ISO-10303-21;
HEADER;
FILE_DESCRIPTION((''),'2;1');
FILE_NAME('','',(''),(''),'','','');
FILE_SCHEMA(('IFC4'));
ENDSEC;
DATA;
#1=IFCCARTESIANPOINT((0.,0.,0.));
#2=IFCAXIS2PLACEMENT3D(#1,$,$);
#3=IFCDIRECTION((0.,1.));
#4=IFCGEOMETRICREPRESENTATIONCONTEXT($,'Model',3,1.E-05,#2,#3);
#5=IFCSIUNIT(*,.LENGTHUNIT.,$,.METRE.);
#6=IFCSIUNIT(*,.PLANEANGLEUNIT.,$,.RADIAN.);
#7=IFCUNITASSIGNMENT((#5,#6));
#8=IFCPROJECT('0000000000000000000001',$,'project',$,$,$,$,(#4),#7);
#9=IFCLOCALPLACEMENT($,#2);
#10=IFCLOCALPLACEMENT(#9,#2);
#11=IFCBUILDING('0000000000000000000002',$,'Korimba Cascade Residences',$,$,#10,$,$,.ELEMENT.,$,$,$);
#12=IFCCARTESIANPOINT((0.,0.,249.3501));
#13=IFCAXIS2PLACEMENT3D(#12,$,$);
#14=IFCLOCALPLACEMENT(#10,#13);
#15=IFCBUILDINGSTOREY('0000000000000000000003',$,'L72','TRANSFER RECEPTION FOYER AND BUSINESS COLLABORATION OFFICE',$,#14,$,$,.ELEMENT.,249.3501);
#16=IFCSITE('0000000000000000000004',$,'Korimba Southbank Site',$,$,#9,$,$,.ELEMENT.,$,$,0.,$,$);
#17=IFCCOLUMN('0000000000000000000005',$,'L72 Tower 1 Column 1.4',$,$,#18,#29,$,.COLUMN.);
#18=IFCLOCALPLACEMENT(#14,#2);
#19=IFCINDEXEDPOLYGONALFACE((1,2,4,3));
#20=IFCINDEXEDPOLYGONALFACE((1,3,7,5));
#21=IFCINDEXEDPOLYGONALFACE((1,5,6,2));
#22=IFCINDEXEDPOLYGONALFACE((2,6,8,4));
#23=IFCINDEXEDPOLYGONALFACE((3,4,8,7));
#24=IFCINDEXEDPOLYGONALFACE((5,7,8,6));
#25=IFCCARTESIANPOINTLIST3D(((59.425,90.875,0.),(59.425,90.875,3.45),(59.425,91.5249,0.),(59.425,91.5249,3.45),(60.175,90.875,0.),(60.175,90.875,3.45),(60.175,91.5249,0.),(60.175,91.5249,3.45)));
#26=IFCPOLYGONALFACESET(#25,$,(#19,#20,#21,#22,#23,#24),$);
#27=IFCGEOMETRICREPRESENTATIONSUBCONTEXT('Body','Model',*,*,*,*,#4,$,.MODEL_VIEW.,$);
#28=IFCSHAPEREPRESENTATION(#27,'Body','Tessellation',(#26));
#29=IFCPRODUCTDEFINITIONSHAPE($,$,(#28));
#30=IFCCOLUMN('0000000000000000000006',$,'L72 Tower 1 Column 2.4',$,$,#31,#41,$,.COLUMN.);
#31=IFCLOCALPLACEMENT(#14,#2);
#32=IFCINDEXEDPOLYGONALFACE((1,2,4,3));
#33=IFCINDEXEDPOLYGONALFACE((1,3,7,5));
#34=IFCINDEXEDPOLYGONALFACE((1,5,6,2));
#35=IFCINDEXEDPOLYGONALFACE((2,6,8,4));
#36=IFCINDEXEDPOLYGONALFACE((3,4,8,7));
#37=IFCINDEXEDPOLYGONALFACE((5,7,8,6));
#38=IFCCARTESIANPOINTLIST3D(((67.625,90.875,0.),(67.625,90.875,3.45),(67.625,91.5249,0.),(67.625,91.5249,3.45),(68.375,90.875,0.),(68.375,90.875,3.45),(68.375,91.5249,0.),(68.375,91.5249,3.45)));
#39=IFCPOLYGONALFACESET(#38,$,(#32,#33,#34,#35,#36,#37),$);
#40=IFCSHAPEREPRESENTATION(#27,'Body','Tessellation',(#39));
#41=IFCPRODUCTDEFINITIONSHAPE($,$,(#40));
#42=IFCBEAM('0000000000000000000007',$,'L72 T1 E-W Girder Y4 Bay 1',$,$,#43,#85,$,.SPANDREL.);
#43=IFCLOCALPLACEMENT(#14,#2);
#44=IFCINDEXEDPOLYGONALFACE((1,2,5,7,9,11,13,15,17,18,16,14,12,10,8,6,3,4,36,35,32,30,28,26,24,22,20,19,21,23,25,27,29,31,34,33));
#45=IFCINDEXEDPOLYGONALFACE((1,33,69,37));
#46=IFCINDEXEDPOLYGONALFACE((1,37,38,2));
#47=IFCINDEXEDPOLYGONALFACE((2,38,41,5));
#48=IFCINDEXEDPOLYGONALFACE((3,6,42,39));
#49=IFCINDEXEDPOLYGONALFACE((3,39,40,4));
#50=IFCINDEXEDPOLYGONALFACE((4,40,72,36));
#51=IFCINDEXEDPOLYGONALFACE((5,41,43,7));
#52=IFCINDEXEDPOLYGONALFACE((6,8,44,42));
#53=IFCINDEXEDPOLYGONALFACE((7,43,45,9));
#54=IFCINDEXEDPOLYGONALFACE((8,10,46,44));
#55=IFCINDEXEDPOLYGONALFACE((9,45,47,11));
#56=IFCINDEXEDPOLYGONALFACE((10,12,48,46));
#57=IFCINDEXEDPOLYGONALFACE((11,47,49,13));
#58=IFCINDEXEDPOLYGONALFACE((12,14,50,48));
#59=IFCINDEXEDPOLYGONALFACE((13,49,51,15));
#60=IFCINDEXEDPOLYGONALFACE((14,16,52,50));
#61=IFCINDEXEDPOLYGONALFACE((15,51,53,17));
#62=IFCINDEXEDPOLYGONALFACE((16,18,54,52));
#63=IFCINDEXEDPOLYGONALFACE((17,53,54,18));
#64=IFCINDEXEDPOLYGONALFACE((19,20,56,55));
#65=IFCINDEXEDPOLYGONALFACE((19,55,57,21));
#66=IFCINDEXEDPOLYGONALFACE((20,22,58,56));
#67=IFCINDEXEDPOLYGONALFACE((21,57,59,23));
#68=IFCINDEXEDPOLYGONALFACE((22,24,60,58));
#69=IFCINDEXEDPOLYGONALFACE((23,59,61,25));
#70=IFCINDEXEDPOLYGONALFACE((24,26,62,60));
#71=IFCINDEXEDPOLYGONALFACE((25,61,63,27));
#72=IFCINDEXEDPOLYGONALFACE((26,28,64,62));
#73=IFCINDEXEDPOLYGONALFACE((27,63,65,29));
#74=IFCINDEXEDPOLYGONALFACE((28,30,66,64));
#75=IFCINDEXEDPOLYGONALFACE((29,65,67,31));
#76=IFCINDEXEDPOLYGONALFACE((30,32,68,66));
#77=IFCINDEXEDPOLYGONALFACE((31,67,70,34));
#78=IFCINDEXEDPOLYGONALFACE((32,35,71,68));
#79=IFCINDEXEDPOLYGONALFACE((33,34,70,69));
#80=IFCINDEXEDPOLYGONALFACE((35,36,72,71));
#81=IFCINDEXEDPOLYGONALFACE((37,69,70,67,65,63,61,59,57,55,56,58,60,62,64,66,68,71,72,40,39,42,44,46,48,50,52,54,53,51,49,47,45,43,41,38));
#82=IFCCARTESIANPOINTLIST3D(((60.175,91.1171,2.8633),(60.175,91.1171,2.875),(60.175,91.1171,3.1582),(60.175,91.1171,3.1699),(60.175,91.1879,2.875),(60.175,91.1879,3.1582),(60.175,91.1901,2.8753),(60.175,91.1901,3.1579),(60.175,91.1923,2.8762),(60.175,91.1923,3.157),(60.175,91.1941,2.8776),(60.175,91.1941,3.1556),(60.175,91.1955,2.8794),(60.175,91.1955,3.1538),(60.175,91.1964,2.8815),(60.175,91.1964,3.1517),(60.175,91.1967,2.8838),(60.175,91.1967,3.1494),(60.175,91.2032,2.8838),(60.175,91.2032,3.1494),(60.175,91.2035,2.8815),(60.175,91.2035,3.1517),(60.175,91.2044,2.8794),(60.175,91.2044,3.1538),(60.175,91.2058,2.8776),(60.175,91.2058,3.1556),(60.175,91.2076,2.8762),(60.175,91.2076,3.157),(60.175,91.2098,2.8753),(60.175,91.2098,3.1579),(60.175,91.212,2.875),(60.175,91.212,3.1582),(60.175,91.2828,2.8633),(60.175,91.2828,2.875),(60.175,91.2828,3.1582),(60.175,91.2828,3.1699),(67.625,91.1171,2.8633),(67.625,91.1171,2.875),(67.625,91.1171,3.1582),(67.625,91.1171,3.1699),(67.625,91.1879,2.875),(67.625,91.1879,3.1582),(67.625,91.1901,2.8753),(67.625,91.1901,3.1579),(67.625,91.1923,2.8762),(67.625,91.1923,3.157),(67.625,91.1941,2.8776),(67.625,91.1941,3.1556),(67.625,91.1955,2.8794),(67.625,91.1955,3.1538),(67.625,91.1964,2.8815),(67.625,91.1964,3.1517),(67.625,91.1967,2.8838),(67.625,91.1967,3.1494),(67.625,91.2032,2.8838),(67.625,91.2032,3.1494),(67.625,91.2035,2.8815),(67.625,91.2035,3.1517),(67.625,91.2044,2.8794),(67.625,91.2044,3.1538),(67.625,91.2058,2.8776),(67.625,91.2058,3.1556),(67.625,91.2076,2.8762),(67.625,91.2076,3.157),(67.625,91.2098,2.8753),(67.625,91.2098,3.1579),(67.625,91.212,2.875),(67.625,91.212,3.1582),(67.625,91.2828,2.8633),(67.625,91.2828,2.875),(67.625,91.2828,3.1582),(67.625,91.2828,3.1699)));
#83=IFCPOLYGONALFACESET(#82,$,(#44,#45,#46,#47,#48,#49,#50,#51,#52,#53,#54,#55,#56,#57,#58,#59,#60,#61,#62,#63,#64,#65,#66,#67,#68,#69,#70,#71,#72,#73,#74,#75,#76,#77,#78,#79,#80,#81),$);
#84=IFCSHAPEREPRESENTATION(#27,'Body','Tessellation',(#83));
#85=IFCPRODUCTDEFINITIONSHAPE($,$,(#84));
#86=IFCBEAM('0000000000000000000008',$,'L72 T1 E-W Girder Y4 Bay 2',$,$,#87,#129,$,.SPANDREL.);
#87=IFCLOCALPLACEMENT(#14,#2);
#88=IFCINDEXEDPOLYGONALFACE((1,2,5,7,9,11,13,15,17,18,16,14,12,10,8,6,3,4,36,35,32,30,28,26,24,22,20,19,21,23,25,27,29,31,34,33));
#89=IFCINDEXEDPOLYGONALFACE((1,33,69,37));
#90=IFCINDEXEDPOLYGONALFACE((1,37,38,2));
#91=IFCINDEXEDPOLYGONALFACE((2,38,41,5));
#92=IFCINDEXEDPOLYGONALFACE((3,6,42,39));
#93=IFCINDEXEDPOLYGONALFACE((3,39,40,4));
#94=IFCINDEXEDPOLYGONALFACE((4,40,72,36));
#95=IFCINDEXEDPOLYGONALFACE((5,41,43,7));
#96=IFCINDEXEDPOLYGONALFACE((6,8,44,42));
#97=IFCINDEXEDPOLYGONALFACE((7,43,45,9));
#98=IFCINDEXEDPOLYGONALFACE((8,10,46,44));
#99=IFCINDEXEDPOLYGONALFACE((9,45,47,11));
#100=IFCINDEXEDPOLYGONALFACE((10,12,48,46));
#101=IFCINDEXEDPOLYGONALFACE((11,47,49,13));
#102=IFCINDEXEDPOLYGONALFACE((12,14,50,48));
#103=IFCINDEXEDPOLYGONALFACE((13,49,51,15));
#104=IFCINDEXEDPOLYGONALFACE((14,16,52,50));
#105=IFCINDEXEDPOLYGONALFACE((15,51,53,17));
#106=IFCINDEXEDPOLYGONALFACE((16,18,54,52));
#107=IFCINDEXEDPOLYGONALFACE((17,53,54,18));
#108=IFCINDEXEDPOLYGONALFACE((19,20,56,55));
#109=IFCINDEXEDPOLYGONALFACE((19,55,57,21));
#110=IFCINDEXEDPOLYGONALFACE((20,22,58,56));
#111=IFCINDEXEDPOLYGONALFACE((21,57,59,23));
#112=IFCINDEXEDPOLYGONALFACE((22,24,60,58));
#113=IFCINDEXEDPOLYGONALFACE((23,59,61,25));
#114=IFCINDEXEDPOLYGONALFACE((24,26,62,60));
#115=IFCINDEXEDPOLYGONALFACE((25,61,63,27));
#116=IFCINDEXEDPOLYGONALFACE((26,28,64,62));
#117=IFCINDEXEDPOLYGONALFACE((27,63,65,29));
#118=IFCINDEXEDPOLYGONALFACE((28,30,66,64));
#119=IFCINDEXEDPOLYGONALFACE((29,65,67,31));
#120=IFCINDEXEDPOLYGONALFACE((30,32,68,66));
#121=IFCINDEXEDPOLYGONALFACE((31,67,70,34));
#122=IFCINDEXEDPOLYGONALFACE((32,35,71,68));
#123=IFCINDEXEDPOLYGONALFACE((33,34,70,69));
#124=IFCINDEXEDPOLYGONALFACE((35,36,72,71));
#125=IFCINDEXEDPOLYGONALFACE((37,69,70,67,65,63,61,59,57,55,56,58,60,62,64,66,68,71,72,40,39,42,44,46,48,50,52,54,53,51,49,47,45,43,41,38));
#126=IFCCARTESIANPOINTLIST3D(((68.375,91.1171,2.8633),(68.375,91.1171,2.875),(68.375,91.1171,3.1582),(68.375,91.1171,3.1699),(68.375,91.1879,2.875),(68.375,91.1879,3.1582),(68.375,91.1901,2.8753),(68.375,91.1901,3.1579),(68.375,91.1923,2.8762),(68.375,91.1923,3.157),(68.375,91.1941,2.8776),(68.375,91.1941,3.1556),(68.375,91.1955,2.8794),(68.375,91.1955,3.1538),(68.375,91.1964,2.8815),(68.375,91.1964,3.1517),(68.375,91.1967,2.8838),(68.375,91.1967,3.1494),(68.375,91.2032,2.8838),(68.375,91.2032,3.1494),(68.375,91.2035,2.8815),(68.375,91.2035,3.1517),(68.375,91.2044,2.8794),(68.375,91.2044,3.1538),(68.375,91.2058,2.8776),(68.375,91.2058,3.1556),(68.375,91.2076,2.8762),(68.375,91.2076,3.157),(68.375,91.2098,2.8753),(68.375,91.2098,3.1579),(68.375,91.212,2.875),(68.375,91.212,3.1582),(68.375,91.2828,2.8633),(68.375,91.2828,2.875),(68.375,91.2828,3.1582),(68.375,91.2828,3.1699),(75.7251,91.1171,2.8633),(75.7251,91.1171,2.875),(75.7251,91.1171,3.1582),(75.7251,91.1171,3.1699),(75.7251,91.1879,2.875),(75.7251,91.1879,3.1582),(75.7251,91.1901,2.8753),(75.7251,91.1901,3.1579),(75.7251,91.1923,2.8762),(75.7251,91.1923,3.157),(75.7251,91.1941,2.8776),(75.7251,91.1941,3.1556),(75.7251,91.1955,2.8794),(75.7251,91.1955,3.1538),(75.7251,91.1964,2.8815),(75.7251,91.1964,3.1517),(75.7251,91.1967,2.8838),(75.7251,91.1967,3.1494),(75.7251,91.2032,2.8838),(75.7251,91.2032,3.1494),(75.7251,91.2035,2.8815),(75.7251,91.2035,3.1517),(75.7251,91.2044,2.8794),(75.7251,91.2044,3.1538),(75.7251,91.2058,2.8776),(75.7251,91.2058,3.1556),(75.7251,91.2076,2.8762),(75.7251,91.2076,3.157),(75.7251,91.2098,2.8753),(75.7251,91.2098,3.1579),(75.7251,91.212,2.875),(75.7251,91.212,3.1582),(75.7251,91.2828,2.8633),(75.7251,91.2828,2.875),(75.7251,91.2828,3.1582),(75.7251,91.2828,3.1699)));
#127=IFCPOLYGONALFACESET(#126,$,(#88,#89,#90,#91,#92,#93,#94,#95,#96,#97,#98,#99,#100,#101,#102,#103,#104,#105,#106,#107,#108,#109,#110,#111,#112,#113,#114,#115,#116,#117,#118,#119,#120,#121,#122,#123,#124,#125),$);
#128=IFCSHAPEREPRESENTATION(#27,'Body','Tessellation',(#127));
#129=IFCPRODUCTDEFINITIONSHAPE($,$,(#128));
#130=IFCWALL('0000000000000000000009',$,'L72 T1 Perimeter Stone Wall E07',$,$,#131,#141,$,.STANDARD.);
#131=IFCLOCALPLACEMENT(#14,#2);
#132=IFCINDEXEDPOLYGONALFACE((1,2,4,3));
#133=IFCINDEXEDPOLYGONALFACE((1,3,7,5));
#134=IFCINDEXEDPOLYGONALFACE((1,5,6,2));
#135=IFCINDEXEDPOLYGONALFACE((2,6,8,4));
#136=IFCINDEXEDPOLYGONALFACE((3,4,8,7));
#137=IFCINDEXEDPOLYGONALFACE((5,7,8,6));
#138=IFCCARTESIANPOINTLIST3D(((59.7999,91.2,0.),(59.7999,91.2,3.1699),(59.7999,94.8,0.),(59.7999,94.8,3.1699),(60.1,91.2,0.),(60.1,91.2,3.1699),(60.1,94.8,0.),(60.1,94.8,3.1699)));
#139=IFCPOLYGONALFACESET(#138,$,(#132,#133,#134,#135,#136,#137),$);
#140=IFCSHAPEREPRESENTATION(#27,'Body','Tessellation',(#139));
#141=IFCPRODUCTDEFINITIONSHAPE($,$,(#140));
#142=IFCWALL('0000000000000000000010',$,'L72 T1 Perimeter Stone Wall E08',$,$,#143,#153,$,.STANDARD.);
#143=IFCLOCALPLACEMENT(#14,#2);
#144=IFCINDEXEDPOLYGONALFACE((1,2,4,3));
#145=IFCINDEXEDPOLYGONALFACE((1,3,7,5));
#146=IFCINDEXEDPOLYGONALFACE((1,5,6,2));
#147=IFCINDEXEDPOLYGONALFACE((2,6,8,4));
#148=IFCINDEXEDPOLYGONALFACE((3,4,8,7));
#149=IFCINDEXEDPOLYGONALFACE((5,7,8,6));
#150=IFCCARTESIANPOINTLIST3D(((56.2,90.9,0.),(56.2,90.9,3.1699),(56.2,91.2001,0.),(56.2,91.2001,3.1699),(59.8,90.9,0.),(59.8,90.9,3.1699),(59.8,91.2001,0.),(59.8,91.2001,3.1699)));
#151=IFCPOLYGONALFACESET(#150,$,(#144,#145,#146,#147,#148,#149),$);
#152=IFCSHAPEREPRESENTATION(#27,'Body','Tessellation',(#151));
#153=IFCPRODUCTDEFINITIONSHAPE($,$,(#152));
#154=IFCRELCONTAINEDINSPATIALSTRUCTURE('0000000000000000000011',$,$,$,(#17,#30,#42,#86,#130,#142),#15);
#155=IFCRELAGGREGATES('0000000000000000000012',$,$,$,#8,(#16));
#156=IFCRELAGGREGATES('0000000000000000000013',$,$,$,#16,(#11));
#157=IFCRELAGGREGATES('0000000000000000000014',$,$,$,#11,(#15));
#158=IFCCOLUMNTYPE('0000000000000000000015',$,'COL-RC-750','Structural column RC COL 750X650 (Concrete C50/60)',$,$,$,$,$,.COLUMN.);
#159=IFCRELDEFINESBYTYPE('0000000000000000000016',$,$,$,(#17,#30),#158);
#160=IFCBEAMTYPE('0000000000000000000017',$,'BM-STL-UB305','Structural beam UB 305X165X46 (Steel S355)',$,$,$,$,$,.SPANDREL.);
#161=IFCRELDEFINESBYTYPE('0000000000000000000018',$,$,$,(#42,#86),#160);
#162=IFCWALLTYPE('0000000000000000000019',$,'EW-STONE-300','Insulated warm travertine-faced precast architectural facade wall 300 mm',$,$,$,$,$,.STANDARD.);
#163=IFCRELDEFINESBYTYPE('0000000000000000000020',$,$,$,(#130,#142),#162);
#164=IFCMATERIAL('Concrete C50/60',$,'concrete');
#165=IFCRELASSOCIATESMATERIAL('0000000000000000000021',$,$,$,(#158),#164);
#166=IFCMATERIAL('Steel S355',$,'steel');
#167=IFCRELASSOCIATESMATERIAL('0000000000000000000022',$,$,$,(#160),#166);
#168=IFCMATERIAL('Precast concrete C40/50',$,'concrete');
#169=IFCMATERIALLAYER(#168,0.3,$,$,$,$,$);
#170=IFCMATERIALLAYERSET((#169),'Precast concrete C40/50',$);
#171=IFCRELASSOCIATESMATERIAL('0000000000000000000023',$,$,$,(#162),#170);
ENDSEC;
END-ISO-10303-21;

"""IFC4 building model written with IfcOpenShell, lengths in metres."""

from ifc_helpers import new_model, si_unit, direction, frame, frame_2d, origin, origin_2d, place, context, subcontext, project, spatial, rectangle, i_section, extrude, material, layer, layer_set, material_profile, profile_set, type_object, element, save


model = new_model("IFC4")

# Units and contexts
model_context = context("Model", 3, precision=1e-05, world=origin(), true_north=direction((0.0, 1.0)))
body_context = subcontext(model_context, "Body", "Model", "MODEL_VIEW")
ifc_project = project(units=[si_unit("LENGTHUNIT", "METRE"), si_unit("PLANEANGLEUNIT", "RADIAN")], contexts=[model_context])

# Site, building, storey
site_placement = place(None, origin())
site = spatial("IfcSite", under=ifc_project, at=site_placement, Name="Korimba Southbank Site", CompositionType="ELEMENT", RefElevation=0.0)
building_placement = place(site_placement, origin())
building = spatial("IfcBuilding", under=site, at=building_placement, Name="Korimba Cascade Residences", CompositionType="ELEMENT")
storey_placement = place(building_placement, frame((0.0, 0.0, 249.3501)))
storey = spatial("IfcBuildingStorey", under=building, at=storey_placement, Name="L72", Description="TRANSFER RECEPTION FOYER AND BUSINESS COLLABORATION OFFICE", CompositionType="ELEMENT", Elevation=249.3501)

# Columns
ifc_material_1 = material(Name="Concrete C50/60", Category="concrete")
ifc_material_profile_1 = material_profile(ifc_material_1, rectangle(XDim=0.75, YDim=0.6499, at=origin_2d()), Name="Concrete C50/60")
ifc_profile_set_1 = profile_set([ifc_material_profile_1], Name="Concrete C50/60")
column_type = type_object("IfcColumnType", Name="COL-RC-750", Description="Structural column RC COL 750X650 (Concrete C50/60)", PredefinedType="COLUMN", material=ifc_profile_set_1)
for number, where, z_axis, x_axis, name in (
    (1, (59.8, 91.2, 0.0), (0.0, 0.0, 1.0), (1.0, 0.0, 0.0), "L72 Tower 1 Column 1.4"),
    (2, (68.0, 91.2, 0.0), (0.0, 0.0, 1.0), (1.0, 0.0, 0.0), "L72 Tower 1 Column 2.4"),
):
    element("IfcColumn", number, at=place(storey_placement, frame(where, z_axis=z_axis, x_axis=x_axis)), inside=storey, type_object=column_type, Name=name, PredefinedType="COLUMN", context=body_context, shape_type="SweptSolid", body=[
        extrude(rectangle(XDim=0.75, YDim=0.6499, at=origin_2d()), origin(), (0.0, 0.0, 1.0), 3.45),
    ])

# Beams
ifc_material_2 = material(Name="Steel S355", Category="steel")
ifc_material_profile_2 = material_profile(ifc_material_2, i_section(OverallWidth=0.1658, OverallDepth=0.3066, WebThickness=0.0066, FlangeThickness=0.0117, FilletRadius=0.0088, at=origin_2d()), Name="Steel S355")
ifc_profile_set_2 = profile_set([ifc_material_profile_2], Name="Steel S355")
beam_type = type_object("IfcBeamType", Name="BM-STL-UB305", Description="Structural beam UB 305X165X46 (Steel S355)", PredefinedType="SPANDREL", material=ifc_profile_set_2)
beam_1_placement = place(storey_placement, frame((60.175, 91.2, 3.0166), z_axis=(1.0, 0.0, 0.0), x_axis=(0.0, 1.0, 0.0)))
element("IfcBeam", 3, at=beam_1_placement, inside=storey, type_object=beam_type, Name="L72 T1 E-W Girder Y4 Bay 1", PredefinedType="SPANDREL", context=body_context, shape_type="SweptSolid", body=[
    extrude(i_section(OverallWidth=0.1658, OverallDepth=0.3066, WebThickness=0.0066, FlangeThickness=0.0117, FilletRadius=0.0088, at=origin_2d()), origin(), (0.0, 0.0, 1.0), 7.45),
])
beam_2_placement = place(storey_placement, frame((68.375, 91.2, 3.0166), z_axis=(1.0, 0.0, 0.0), x_axis=(0.0, 1.0, 0.0)))
element("IfcBeam", 4, at=beam_2_placement, inside=storey, type_object=beam_type, Name="L72 T1 E-W Girder Y4 Bay 2", PredefinedType="SPANDREL", context=body_context, shape_type="SweptSolid", body=[
    extrude(i_section(OverallWidth=0.1658, OverallDepth=0.3066, WebThickness=0.0066, FlangeThickness=0.0117, FilletRadius=0.0088, at=origin_2d()), origin(), (0.0, 0.0, 1.0), 7.3501),
])

# Walls
ifc_material_3 = material(Name="Precast concrete C40/50", Category="concrete")
ifc_layer_1 = layer(ifc_material_3, 0.3)
ifc_layer_set_1 = layer_set([ifc_layer_1], Name="Precast concrete C40/50")
wall_type_1 = type_object("IfcWallType", Name="EW-STONE-300", Description="Insulated warm travertine-faced precast architectural facade wall 300 mm", PredefinedType="STANDARD", material=ifc_layer_set_1)
for number, where, z_axis, x_axis, name in (
    (5, (59.95, 94.8, 0.0), (0.0, 0.0, 1.0), (0.0, -1.0, 0.0), "L72 T1 Perimeter Stone Wall E07"),
    (6, (59.8, 91.05, 0.0), (0.0, 0.0, 1.0), (-1.0, 0.0, 0.0), "L72 T1 Perimeter Stone Wall E08"),
):
    element("IfcWall", number, at=place(storey_placement, frame(where, z_axis=z_axis, x_axis=x_axis)), inside=storey, type_object=wall_type_1, Name=name, PredefinedType="STANDARD", context=body_context, shape_type="SweptSolid", body=[
        extrude(rectangle(XDim=3.6001, YDim=0.3, at=frame_2d((1.8, 0.0))), origin(), (0.0, 0.0, 1.0), 3.1699),
    ])

save(model, "model.ifc")
